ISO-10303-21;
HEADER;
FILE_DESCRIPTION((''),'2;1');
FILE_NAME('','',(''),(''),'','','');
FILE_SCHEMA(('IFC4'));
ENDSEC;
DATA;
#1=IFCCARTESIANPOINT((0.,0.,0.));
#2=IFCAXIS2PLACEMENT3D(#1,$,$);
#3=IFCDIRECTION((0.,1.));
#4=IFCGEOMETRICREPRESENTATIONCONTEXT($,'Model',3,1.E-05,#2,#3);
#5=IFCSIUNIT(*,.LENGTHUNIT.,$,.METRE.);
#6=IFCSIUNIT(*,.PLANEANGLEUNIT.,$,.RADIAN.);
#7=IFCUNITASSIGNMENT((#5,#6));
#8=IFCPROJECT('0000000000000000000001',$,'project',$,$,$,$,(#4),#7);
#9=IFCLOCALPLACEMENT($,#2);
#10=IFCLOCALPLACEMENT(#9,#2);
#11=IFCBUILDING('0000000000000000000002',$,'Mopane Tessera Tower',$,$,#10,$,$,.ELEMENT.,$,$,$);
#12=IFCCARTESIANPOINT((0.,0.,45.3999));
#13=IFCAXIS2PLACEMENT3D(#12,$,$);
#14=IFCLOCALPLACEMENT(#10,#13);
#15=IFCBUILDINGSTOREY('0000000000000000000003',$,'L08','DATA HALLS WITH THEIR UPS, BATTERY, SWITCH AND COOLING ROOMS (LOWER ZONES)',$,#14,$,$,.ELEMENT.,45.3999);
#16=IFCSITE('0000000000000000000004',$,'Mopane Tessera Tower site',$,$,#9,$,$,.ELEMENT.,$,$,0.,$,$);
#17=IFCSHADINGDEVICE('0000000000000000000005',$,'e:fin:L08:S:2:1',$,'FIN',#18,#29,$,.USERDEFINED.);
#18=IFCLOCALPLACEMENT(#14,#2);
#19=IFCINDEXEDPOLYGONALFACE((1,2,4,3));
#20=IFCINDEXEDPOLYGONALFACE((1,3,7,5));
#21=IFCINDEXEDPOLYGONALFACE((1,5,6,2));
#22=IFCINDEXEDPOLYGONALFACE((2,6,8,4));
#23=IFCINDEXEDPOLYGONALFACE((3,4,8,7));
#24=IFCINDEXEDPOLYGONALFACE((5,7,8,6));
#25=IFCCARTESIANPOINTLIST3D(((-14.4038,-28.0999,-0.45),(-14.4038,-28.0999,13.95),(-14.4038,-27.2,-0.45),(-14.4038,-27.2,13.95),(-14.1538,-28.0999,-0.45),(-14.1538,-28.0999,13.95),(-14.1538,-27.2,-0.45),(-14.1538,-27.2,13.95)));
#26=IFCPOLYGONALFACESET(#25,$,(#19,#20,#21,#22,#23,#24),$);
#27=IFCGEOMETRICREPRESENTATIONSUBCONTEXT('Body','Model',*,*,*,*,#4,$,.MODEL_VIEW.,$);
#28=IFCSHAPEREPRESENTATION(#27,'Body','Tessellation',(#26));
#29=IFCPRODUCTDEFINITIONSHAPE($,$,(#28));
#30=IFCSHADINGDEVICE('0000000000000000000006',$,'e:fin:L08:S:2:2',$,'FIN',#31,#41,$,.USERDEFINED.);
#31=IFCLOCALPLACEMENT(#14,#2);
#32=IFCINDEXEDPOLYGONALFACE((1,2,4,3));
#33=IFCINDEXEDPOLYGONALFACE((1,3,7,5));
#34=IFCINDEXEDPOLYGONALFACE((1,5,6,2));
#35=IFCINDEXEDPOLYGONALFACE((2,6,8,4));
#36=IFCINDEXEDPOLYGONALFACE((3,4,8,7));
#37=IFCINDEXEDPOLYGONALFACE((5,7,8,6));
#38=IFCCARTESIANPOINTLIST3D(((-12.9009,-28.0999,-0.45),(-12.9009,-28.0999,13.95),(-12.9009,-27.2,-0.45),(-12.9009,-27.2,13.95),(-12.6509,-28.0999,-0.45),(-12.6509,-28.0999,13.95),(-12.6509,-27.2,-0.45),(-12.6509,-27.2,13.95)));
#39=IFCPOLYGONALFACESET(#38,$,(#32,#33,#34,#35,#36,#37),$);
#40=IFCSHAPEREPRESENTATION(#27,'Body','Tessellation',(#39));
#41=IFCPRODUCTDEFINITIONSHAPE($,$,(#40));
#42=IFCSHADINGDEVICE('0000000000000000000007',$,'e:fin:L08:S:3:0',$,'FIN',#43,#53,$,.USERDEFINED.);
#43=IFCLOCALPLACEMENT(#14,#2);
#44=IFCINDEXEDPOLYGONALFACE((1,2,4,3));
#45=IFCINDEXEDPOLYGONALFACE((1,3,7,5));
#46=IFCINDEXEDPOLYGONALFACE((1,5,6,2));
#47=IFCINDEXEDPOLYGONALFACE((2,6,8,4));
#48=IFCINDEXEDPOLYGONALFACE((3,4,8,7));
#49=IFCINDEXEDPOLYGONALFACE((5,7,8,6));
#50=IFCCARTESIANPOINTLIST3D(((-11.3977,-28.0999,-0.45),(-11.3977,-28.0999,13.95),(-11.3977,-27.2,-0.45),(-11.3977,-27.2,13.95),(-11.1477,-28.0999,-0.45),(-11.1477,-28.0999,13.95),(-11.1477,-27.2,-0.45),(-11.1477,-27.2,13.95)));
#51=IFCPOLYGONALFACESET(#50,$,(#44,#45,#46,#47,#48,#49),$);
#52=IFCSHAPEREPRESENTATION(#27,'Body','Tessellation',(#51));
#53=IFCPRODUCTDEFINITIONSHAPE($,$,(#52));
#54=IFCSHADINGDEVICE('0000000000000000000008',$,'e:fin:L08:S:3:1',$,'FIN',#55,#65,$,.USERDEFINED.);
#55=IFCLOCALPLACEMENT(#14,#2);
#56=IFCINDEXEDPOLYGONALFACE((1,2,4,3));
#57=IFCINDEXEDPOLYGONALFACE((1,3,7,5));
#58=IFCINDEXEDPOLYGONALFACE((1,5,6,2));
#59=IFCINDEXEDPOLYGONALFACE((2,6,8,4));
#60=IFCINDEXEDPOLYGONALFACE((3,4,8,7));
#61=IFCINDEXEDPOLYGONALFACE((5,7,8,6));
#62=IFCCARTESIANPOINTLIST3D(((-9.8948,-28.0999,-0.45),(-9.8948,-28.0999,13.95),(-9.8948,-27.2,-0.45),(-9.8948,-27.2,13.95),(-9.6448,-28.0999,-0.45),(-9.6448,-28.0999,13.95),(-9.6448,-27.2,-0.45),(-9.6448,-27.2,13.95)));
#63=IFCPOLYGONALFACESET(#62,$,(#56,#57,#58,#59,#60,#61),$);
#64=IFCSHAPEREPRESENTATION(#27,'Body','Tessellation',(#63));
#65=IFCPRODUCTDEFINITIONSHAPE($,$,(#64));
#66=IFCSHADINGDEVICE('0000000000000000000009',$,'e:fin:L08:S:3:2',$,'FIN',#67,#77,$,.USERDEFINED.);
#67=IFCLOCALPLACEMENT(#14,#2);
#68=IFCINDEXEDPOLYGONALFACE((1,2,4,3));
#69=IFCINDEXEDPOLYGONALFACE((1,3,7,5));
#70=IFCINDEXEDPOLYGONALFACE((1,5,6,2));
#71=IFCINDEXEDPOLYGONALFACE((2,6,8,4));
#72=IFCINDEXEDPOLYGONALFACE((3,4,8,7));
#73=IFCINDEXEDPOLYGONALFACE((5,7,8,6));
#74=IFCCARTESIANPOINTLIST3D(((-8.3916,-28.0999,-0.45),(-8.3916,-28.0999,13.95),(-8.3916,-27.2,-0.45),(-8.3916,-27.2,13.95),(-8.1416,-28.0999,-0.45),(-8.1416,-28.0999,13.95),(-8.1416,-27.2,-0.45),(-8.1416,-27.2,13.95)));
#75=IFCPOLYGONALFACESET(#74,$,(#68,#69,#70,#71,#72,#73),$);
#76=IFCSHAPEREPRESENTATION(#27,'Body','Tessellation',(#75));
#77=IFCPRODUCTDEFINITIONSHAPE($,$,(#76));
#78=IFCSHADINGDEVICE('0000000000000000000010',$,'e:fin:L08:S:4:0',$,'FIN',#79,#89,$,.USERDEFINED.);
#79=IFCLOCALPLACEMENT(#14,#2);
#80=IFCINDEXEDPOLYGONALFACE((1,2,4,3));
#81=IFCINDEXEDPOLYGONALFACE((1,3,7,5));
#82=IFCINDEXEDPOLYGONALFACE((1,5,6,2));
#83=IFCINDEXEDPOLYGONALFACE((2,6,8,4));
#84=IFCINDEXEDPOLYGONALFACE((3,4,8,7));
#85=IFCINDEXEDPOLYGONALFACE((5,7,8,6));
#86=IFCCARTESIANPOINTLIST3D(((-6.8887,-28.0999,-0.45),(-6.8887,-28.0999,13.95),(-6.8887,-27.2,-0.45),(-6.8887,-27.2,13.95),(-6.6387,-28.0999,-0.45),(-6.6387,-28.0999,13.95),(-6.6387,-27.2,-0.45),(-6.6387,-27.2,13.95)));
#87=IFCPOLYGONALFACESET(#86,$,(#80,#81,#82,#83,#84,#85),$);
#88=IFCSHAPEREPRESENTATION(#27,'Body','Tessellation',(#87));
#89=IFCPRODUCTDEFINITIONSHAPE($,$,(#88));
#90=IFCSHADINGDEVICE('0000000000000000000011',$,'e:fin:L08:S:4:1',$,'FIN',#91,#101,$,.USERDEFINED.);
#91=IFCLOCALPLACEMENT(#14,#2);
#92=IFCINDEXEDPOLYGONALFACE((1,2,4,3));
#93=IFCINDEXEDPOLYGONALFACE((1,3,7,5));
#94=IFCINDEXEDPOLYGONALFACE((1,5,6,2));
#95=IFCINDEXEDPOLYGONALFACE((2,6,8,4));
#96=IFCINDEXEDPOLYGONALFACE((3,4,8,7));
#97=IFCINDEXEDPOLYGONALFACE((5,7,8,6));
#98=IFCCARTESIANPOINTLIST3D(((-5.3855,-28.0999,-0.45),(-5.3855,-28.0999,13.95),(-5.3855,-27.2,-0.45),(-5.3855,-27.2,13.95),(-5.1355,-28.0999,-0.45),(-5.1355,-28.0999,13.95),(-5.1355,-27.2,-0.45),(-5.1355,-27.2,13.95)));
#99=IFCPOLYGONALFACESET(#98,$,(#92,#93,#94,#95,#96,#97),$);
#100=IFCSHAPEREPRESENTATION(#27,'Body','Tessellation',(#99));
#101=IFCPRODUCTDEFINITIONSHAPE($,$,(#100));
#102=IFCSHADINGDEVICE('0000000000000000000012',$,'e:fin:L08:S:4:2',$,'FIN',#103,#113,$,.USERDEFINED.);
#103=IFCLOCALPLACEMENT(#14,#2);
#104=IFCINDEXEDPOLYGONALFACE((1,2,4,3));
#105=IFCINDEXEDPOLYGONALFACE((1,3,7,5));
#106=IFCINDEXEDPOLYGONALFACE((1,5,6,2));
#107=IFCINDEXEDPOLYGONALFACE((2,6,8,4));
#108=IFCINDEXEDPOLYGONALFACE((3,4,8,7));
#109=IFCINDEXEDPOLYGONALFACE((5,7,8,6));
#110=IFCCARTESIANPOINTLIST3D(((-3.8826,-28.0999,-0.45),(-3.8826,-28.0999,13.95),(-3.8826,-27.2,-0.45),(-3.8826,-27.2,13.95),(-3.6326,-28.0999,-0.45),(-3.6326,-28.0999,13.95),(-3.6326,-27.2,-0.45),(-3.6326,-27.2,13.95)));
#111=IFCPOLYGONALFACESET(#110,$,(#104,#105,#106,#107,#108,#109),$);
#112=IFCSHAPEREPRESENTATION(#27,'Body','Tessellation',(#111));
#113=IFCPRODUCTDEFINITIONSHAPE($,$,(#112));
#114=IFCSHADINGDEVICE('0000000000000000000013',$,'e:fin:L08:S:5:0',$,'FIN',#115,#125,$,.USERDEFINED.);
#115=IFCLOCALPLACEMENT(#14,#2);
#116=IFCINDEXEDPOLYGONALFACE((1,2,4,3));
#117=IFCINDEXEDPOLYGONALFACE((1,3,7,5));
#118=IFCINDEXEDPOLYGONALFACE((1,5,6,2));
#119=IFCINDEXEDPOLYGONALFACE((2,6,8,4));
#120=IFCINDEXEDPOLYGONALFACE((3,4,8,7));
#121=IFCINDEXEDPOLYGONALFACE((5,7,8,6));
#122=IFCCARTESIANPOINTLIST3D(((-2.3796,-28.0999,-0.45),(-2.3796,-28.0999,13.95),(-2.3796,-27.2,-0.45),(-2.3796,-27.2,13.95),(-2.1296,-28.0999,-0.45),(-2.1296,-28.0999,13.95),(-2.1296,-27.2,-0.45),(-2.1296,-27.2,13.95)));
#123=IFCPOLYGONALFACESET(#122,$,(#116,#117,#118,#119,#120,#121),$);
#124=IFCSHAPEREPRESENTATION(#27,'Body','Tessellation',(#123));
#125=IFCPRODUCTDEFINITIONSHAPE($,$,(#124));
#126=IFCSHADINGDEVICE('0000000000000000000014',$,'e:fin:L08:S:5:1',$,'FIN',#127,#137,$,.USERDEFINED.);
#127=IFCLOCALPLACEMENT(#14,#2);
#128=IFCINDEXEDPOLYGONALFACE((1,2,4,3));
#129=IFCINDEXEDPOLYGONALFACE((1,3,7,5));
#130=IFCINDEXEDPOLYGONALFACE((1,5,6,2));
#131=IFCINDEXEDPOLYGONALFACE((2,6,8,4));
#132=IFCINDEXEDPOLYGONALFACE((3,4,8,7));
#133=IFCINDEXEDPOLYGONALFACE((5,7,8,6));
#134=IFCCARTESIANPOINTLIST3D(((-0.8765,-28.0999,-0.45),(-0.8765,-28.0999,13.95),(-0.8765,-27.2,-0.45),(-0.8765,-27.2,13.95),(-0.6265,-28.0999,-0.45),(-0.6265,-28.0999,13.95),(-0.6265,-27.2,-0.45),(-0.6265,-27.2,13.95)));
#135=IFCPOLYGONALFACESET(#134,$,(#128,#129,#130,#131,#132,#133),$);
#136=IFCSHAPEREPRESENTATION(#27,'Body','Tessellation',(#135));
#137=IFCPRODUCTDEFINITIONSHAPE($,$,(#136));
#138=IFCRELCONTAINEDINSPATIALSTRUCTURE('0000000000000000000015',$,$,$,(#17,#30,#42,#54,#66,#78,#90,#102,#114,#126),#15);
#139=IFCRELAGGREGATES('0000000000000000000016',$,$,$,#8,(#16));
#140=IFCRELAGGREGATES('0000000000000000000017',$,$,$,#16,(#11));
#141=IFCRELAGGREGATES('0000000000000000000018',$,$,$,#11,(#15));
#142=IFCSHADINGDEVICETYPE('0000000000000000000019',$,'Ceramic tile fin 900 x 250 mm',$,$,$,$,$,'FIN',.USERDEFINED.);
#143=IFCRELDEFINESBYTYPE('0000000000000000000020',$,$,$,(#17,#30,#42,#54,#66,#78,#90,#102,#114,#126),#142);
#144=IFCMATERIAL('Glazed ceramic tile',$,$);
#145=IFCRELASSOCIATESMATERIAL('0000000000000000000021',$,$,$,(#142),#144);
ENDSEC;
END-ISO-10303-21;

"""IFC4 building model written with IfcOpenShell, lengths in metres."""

from ifc_helpers import new_model, si_unit, direction, frame, origin, origin_2d, place, context, subcontext, project, spatial, rectangle, extrude, material, type_object, element, save


model = new_model("IFC4")

# Units and contexts
model_context = context("Model", 3, precision=1e-05, world=origin(), true_north=direction((0.0, 1.0)))
body_context = subcontext(model_context, "Body", "Model", "MODEL_VIEW")
ifc_project = project(units=[si_unit("LENGTHUNIT", "METRE"), si_unit("PLANEANGLEUNIT", "RADIAN")], contexts=[model_context])

# Site, building, storey
site_placement = place(None, origin())
site = spatial("IfcSite", under=ifc_project, at=site_placement, Name="Mopane Tessera Tower site", CompositionType="ELEMENT", RefElevation=0.0)
building_placement = place(site_placement, origin())
building = spatial("IfcBuilding", under=site, at=building_placement, Name="Mopane Tessera Tower", CompositionType="ELEMENT")
storey_placement = place(building_placement, frame((0.0, 0.0, 45.3999)))
storey = spatial("IfcBuildingStorey", under=building, at=storey_placement, Name="L08", Description="DATA HALLS WITH THEIR UPS, BATTERY, SWITCH AND COOLING ROOMS (LOWER ZONES)", CompositionType="ELEMENT", Elevation=45.3999)

# Shading devices
ifc_material_1 = material(Name="Glazed ceramic tile")
shading_device_type = type_object("IfcShadingDeviceType", Name="Ceramic tile fin 900 x 250 mm", ElementType="FIN", PredefinedType="USERDEFINED", material=ifc_material_1)
for number, where, z_axis, x_axis, name in (
    (1, (-14.2788, -27.6499, -0.45), (0.0, 0.0, 1.0), (1.0, 0.0, 0.0), "e:fin:L08:S:2:1"),
    (2, (-12.7759, -27.6499, -0.45), (0.0, 0.0, 1.0), (1.0, 0.0, 0.0), "e:fin:L08:S:2:2"),
    (3, (-11.2727, -27.6499, -0.45), (0.0, 0.0, 1.0), (1.0, 0.0, 0.0), "e:fin:L08:S:3:0"),
    (4, (-9.7698, -27.6499, -0.45), (0.0, 0.0, 1.0), (1.0, 0.0, 0.0), "e:fin:L08:S:3:1"),
    (5, (-8.2666, -27.6499, -0.45), (0.0, 0.0, 1.0), (1.0, 0.0, 0.0), "e:fin:L08:S:3:2"),
    (6, (-6.7637, -27.6499, -0.45), (0.0, 0.0, 1.0), (1.0, 0.0, 0.0), "e:fin:L08:S:4:0"),
    (7, (-5.2605, -27.6499, -0.45), (0.0, 0.0, 1.0), (1.0, 0.0, 0.0), "e:fin:L08:S:4:1"),
    (8, (-3.7576, -27.6499, -0.45), (0.0, 0.0, 1.0), (1.0, 0.0, 0.0), "e:fin:L08:S:4:2"),
    (9, (-2.2546, -27.6499, -0.45), (0.0, 0.0, 1.0), (1.0, 0.0, 0.0), "e:fin:L08:S:5:0"),
    (10, (-0.7515, -27.6499, -0.45), (0.0, 0.0, 1.0), (1.0, 0.0, 0.0), "e:fin:L08:S:5:1"),
):
    element("IfcShadingDevice", number, at=place(storey_placement, frame(where, z_axis=z_axis, x_axis=x_axis)), inside=storey, type_object=shading_device_type, Name=name, ObjectType="FIN", PredefinedType="USERDEFINED", context=body_context, shape_type="SweptSolid", body=[
        extrude(rectangle(XDim=0.25, YDim=0.8999, at=origin_2d()), origin(), (0.0, 0.0, 1.0), 14.3999),
    ])

save(model, "model.ifc")
